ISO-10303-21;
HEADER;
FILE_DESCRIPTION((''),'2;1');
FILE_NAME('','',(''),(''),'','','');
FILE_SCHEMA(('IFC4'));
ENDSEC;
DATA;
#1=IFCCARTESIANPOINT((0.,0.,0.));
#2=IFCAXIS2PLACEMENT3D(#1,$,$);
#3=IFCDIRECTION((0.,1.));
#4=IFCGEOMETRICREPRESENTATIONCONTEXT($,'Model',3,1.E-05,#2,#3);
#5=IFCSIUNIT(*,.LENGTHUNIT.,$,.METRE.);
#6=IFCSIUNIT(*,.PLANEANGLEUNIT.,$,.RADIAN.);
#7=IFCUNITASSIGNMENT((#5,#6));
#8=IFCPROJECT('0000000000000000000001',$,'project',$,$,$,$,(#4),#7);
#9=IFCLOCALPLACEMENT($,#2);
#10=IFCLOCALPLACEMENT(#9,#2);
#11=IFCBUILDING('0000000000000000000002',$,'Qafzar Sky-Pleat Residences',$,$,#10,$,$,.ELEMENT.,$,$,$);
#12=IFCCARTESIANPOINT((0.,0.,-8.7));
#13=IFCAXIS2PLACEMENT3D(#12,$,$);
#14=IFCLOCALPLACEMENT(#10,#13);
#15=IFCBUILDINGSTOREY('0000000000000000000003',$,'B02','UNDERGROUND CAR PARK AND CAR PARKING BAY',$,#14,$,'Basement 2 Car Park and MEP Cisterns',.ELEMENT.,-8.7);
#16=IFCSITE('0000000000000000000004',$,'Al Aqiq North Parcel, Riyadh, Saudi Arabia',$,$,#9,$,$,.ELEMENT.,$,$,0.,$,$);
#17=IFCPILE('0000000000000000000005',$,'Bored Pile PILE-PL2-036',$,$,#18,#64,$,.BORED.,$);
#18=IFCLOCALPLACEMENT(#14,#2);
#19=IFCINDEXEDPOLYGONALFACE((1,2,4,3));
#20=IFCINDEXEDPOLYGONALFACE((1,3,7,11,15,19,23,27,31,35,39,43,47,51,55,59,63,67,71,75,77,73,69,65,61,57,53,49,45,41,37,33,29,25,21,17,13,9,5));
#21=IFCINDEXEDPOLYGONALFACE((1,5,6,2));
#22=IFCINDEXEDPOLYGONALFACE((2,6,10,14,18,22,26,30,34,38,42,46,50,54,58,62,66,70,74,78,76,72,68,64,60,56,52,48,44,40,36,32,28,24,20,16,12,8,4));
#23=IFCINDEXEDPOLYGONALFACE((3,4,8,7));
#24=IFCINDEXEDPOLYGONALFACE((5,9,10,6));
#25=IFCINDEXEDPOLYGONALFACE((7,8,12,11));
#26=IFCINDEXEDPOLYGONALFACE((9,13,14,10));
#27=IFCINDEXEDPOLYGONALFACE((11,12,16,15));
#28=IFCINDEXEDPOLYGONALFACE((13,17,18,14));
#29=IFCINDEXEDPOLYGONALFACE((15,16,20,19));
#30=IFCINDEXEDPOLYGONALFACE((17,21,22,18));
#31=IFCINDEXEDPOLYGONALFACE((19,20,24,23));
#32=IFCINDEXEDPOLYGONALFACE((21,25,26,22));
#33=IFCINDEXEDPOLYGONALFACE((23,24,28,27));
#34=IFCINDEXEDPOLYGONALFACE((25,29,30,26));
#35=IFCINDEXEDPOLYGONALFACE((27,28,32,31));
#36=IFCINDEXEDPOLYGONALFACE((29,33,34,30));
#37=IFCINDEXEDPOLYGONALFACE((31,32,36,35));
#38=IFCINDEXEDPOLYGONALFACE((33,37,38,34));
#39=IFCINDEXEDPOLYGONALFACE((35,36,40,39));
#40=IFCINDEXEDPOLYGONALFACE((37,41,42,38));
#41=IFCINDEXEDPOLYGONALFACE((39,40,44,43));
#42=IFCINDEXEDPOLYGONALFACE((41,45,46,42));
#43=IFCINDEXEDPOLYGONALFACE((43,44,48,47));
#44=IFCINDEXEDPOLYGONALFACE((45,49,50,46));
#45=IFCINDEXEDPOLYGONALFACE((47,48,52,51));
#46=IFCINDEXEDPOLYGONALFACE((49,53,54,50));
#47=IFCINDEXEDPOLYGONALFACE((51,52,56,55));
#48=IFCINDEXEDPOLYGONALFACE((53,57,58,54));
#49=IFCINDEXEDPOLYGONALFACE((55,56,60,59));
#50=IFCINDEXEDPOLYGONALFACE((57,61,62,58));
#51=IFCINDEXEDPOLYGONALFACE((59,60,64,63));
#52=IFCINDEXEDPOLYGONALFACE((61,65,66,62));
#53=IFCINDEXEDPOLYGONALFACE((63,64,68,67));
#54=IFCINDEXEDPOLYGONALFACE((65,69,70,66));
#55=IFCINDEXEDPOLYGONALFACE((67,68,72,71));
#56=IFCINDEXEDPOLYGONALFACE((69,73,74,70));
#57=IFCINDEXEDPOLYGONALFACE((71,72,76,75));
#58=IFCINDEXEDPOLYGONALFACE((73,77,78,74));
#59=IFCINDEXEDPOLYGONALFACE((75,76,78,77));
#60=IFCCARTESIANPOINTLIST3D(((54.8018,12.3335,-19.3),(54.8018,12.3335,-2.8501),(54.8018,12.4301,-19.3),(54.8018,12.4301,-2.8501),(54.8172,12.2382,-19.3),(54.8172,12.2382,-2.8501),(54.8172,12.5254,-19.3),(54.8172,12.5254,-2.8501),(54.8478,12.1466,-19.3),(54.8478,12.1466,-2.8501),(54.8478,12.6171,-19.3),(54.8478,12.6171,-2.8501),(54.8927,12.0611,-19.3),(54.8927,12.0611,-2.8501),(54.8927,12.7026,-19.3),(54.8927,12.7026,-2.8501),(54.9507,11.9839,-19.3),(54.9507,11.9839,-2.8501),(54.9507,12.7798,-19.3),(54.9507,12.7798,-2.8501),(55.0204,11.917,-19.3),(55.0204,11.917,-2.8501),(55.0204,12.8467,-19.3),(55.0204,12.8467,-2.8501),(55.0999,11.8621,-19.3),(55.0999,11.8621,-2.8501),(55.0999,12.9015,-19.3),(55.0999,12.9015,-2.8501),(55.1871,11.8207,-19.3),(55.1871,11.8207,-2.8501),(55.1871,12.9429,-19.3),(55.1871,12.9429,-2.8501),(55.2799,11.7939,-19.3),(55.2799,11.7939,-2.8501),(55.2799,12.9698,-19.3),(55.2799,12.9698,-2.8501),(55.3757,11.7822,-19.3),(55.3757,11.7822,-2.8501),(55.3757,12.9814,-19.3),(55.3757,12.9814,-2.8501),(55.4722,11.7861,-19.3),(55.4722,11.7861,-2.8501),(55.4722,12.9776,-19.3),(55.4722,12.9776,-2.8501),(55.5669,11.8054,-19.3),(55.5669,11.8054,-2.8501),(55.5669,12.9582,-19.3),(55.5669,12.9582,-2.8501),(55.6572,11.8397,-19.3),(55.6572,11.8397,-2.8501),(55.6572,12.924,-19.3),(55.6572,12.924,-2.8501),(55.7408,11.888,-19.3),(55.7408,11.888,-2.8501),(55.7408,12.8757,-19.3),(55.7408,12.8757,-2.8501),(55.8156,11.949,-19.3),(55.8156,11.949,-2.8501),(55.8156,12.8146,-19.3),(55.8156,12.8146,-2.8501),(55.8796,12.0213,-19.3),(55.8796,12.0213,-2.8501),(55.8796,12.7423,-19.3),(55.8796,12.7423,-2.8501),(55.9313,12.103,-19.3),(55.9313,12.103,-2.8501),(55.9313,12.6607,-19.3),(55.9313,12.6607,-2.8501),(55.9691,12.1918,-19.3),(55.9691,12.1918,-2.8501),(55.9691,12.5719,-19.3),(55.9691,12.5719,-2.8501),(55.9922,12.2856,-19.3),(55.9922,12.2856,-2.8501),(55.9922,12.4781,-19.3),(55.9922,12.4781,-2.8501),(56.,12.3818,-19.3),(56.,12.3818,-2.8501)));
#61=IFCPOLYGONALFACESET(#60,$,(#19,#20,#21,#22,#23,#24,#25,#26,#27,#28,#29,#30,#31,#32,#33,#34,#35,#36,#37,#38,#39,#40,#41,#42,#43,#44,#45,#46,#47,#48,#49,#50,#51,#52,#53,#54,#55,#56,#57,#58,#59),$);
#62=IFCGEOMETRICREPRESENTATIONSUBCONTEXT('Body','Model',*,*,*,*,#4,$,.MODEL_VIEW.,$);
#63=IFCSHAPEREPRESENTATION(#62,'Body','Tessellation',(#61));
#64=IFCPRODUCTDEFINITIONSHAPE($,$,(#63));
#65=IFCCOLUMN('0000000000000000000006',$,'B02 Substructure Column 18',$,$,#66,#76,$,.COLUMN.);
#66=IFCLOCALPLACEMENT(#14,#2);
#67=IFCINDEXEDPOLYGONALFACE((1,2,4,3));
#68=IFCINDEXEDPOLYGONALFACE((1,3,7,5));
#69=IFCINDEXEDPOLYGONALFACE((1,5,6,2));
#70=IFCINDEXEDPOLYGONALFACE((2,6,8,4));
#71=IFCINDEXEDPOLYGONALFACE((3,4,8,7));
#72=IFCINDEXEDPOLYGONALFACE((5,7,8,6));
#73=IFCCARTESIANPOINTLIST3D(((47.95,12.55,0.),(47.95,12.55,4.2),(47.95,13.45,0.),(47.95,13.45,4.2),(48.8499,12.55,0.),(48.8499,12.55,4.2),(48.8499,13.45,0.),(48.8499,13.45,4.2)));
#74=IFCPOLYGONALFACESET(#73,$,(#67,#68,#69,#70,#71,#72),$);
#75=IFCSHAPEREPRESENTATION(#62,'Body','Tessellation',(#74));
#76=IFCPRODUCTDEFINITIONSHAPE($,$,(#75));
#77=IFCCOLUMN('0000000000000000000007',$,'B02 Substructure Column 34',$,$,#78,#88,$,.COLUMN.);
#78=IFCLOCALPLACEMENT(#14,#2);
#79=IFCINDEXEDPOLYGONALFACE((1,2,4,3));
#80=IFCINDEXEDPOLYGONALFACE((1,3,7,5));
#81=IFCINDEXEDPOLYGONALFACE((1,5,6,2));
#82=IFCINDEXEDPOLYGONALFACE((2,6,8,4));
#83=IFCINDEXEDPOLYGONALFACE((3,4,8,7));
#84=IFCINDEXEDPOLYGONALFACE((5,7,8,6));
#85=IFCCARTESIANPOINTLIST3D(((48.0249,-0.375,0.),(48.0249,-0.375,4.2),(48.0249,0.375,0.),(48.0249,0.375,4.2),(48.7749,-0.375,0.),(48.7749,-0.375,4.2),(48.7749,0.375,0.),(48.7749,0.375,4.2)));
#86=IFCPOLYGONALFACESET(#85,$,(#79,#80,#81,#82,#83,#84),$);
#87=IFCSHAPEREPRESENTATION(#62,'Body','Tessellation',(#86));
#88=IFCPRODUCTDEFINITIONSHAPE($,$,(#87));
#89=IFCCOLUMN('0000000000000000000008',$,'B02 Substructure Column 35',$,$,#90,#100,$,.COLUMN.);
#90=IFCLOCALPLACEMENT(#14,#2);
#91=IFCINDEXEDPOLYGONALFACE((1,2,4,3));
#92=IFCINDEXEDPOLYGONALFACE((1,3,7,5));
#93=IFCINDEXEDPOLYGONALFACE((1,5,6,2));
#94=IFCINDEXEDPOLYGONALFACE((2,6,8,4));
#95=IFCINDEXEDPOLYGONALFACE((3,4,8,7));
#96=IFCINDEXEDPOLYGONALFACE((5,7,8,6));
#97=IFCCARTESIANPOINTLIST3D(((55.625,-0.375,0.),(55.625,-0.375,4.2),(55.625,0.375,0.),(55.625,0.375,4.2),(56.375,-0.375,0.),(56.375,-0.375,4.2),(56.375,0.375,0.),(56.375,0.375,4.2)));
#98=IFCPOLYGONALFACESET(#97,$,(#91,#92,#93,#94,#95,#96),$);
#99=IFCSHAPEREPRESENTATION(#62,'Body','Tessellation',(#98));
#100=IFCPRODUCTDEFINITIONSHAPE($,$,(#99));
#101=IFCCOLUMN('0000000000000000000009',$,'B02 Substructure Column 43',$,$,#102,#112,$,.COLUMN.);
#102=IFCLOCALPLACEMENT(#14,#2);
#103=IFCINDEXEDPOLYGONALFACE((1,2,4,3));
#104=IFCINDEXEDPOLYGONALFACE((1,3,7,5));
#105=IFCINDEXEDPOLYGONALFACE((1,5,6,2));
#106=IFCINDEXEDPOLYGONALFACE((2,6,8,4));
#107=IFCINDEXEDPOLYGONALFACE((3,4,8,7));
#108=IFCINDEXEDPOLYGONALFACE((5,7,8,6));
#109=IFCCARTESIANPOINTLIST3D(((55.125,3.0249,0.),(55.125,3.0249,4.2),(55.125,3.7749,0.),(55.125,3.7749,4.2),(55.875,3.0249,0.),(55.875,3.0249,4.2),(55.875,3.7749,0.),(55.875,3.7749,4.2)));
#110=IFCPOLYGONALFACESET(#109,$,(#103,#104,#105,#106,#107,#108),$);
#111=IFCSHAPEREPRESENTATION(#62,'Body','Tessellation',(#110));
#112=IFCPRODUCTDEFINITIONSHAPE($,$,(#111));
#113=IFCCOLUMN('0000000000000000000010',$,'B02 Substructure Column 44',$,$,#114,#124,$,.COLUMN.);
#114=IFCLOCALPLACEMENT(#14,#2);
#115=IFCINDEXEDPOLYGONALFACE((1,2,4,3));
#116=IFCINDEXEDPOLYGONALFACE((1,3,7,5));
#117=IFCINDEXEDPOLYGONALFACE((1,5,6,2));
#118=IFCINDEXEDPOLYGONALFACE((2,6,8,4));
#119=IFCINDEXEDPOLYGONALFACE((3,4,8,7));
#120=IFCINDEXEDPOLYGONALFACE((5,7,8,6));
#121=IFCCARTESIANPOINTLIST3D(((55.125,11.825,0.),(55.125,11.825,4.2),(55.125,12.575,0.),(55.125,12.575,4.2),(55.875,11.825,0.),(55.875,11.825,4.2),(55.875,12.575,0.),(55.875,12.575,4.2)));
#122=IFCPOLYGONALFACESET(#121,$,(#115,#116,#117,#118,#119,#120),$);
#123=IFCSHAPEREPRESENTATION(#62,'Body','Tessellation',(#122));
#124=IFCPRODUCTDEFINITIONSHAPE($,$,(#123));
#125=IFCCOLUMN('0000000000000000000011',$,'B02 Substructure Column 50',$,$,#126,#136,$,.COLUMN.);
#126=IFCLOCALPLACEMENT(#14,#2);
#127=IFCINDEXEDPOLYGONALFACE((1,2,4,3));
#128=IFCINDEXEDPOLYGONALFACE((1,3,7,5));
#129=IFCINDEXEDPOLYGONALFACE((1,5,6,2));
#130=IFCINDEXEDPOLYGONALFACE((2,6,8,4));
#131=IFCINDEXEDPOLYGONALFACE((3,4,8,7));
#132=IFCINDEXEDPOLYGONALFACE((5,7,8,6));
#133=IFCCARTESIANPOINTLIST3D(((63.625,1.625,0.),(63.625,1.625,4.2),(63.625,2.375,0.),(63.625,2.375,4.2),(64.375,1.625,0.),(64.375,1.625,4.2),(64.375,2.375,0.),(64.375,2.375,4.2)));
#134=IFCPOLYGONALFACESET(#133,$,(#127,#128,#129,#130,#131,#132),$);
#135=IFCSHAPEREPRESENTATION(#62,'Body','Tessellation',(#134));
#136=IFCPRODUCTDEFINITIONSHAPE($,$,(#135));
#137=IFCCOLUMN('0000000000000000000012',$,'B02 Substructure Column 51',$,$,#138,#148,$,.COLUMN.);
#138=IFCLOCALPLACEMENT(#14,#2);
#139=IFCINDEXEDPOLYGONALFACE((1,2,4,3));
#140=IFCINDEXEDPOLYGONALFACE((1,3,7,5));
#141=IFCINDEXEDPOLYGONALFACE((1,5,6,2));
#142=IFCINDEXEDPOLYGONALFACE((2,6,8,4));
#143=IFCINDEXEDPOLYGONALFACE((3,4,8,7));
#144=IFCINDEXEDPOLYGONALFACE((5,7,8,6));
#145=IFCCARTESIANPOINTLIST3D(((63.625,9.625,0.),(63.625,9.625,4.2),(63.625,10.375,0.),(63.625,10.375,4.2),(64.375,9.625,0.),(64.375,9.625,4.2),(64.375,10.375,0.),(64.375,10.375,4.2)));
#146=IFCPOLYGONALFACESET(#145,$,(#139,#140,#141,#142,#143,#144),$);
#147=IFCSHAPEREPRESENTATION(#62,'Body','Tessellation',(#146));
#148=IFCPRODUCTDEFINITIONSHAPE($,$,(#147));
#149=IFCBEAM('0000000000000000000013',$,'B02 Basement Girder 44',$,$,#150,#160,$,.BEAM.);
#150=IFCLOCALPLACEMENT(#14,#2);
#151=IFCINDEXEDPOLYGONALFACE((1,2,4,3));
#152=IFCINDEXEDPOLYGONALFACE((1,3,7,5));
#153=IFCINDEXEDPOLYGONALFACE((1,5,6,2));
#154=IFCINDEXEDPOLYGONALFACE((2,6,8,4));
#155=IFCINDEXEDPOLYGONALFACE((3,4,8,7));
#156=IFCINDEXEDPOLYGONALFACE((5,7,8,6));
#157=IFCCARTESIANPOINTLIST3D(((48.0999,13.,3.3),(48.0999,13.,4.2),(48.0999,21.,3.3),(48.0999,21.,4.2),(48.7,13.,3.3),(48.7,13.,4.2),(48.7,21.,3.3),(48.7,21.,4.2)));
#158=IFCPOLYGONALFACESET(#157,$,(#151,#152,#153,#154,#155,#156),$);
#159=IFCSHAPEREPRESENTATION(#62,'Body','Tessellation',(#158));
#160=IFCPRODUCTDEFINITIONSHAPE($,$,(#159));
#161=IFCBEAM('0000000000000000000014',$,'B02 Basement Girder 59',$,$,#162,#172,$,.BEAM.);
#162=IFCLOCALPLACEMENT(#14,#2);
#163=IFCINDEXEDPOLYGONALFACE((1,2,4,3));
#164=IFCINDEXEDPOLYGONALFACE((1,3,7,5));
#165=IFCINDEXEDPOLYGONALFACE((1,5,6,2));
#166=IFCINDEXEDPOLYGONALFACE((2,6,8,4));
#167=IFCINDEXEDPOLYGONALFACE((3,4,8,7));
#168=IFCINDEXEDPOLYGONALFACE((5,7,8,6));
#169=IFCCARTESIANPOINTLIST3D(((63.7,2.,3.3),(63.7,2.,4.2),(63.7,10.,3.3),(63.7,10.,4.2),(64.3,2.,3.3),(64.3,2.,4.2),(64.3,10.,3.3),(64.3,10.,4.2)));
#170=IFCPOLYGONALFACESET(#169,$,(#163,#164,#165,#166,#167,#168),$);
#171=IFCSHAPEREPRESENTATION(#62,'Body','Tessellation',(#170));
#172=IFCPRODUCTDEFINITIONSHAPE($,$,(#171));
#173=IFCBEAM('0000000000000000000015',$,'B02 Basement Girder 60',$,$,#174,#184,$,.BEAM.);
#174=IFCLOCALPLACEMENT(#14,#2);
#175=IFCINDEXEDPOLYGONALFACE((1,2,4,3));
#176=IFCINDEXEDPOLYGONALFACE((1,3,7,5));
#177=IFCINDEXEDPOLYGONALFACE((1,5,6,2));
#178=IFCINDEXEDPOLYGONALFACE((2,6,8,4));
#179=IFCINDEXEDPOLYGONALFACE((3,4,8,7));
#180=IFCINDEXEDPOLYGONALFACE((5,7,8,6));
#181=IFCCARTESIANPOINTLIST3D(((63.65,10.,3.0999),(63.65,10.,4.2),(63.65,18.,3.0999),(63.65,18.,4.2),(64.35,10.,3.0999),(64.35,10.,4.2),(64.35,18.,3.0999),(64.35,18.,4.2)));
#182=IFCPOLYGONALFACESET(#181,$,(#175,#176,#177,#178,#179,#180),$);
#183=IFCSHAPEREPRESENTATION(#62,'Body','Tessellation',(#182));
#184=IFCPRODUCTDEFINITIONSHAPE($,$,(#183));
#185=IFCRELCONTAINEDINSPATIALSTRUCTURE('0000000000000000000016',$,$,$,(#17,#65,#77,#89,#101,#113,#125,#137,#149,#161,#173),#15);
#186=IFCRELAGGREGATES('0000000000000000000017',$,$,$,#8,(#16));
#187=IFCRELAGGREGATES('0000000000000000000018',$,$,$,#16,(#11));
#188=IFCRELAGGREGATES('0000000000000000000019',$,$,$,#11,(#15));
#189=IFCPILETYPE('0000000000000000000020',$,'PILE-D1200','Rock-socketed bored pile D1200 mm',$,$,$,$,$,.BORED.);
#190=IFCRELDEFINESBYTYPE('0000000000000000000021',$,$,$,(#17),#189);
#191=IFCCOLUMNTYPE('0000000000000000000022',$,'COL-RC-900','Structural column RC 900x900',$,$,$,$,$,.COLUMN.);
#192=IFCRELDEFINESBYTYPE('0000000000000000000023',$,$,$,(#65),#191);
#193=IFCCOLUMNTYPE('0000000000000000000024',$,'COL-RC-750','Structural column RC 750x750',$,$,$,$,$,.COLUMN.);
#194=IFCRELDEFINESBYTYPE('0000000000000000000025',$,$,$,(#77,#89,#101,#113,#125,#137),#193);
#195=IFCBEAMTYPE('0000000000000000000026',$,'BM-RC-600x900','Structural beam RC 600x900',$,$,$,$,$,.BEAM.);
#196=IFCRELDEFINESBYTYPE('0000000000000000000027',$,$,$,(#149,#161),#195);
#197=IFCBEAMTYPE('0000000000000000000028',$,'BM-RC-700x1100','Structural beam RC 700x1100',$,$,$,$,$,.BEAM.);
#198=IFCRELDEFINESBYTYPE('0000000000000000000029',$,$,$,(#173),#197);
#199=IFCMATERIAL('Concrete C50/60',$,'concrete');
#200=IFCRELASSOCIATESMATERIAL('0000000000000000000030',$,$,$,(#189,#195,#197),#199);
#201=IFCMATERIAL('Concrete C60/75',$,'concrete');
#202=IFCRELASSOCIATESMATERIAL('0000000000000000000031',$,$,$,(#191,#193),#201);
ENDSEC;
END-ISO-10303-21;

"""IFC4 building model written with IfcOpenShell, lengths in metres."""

from ifc_helpers import new_model, si_unit, direction, frame, origin, origin_2d, place, context, subcontext, project, spatial, rectangle, circle, extrude, source, transform, mapped, material, material_profile, profile_set, type_object, element, save


model = new_model("IFC4")

# Units and contexts
model_context = context("Model", 3, precision=1e-05, world=origin(), true_north=direction((0.0, 1.0)))
body_context = subcontext(model_context, "Body", "Model", "MODEL_VIEW")
ifc_project = project(units=[si_unit("LENGTHUNIT", "METRE"), si_unit("PLANEANGLEUNIT", "RADIAN")], contexts=[model_context])

# Site, building, storey
site_placement = place(None, origin())
site = spatial("IfcSite", under=ifc_project, at=site_placement, Name="Al Aqiq North Parcel, Riyadh, Saudi Arabia", CompositionType="ELEMENT", RefElevation=0.0)
building_placement = place(site_placement, origin())
building = spatial("IfcBuilding", under=site, at=building_placement, Name="Qafzar Sky-Pleat Residences", CompositionType="ELEMENT")
storey_placement = place(building_placement, frame((0.0, 0.0, -8.7)))
storey = spatial("IfcBuildingStorey", under=building, at=storey_placement, Name="B02", Description="UNDERGROUND CAR PARK AND CAR PARKING BAY", LongName="Basement 2 Car Park and MEP Cisterns", CompositionType="ELEMENT", Elevation=-8.7)

# Pile
ifc_material_1 = material(Name="Concrete C50/60", Category="concrete")
ifc_material_profile_1 = material_profile(ifc_material_1, circle(Radius=0.6001, at=origin_2d()), Name="PILE D1200")
ifc_profile_set_1 = profile_set([ifc_material_profile_1], Name="Concrete C50/60")
pile_type = type_object("IfcPileType", Name="PILE-D1200", Description="Rock-socketed bored pile D1200 mm", PredefinedType="BORED", material=ifc_profile_set_1)
shared_shape_1 = source(origin(), body_context, "Body", "SweptSolid", [
    extrude(circle(Radius=0.6001, at=origin_2d()), origin(), (0.0, 0.0, 1.0), 16.45),
])
for number, where, z_axis, x_axis, name in (
    (1, (55.3999, 12.3818, -2.8501), (0.0, 0.0, -1.0), (1.0, 0.0, 0.0), "Bored Pile PILE-PL2-036"),
):
    element("IfcPile", number, at=place(storey_placement, frame(where, z_axis=z_axis, x_axis=x_axis)), inside=storey, type_object=pile_type, Name=name, PredefinedType="BORED", context=body_context, shape_type="MappedRepresentation", body=[
        mapped(shared_shape_1, transform((0.0, 0.0, 0.0), x_axis=(1.0, 0.0, 0.0), y_axis=(0.0, 1.0, 0.0), z_axis=(0.0, 0.0, 1.0), scale=1.0)),
    ])

# Columns
ifc_material_2 = material(Name="Concrete C60/75", Category="concrete")
ifc_material_profile_2 = material_profile(ifc_material_2, rectangle(XDim=0.8999, YDim=0.8999, at=origin_2d()), Name="RC 900x900")
ifc_profile_set_2 = profile_set([ifc_material_profile_2], Name="Concrete C60/75")
column_type_1 = type_object("IfcColumnType", Name="COL-RC-900", Description="Structural column RC 900x900", PredefinedType="COLUMN", material=ifc_profile_set_2)
shared_shape_2 = source(origin(), body_context, "Body", "SweptSolid", [
    extrude(rectangle(XDim=0.8999, YDim=0.8999, at=origin_2d()), origin(), (0.0, 0.0, 1.0), 4.2),
])
column_placement = place(storey_placement, frame((48.3999, 13.0, 0.0), z_axis=(0.0, 0.0, 1.0), x_axis=(1.0, 0.0, 0.0)))
element("IfcColumn", 2, at=column_placement, inside=storey, type_object=column_type_1, Name="B02 Substructure Column 18", PredefinedType="COLUMN", context=body_context, shape_type="MappedRepresentation", body=[
    mapped(shared_shape_2, transform((0.0, 0.0, 0.0), x_axis=(1.0, 0.0, 0.0), y_axis=(0.0, 1.0, 0.0), z_axis=(0.0, 0.0, 1.0), scale=1.0)),
])
ifc_material_profile_3 = material_profile(ifc_material_2, rectangle(XDim=0.75, YDim=0.75, at=origin_2d()), Name="RC 750x750")
ifc_profile_set_3 = profile_set([ifc_material_profile_3], Name="Concrete C60/75")
column_type_2 = type_object("IfcColumnType", Name="COL-RC-750", Description="Structural column RC 750x750", PredefinedType="COLUMN", material=ifc_profile_set_3)
shared_shape_3 = source(origin(), body_context, "Body", "SweptSolid", [
    extrude(rectangle(XDim=0.75, YDim=0.75, at=origin_2d()), origin(), (0.0, 0.0, 1.0), 4.2),
])
for number, where, z_axis, x_axis, name in (
    (3, (48.3999, 0.0, 0.0), (0.0, 0.0, 1.0), (1.0, 0.0, 0.0), "B02 Substructure Column 34"),
    (4, (56.0, 0.0, 0.0), (0.0, 0.0, 1.0), (1.0, 0.0, 0.0), "B02 Substructure Column 35"),
    (5, (55.5, 3.3999, 0.0), (0.0, 0.0, 1.0), (1.0, 0.0, 0.0), "B02 Substructure Column 43"),
    (6, (55.5, 12.2, 0.0), (0.0, 0.0, 1.0), (1.0, 0.0, 0.0), "B02 Substructure Column 44"),
    (7, (64.0, 2.0, 0.0), (0.0, 0.0, 1.0), (1.0, 0.0, 0.0), "B02 Substructure Column 50"),
    (8, (64.0, 10.0, 0.0), (0.0, 0.0, 1.0), (1.0, 0.0, 0.0), "B02 Substructure Column 51"),
):
    element("IfcColumn", number, at=place(storey_placement, frame(where, z_axis=z_axis, x_axis=x_axis)), inside=storey, type_object=column_type_2, Name=name, PredefinedType="COLUMN", context=body_context, shape_type="MappedRepresentation", body=[
        mapped(shared_shape_3, transform((0.0, 0.0, 0.0), x_axis=(1.0, 0.0, 0.0), y_axis=(0.0, 1.0, 0.0), z_axis=(0.0, 0.0, 1.0), scale=1.0)),
    ])

# Beams
ifc_material_profile_4 = material_profile(ifc_material_1, rectangle(XDim=0.6001, YDim=0.8999, at=origin_2d()), Name="RC 600x900")
ifc_profile_set_4 = profile_set([ifc_material_profile_4], Name="Concrete C50/60")
beam_type_1 = type_object("IfcBeamType", Name="BM-RC-600x900", Description="Structural beam RC 600x900", PredefinedType="BEAM", material=ifc_profile_set_4)
shared_shape_4 = source(origin(), body_context, "Body", "SweptSolid", [
    extrude(rectangle(XDim=0.6001, YDim=0.8999, at=origin_2d()), origin(), (0.0, 0.0, 1.0), 8.0),
])
for number, where, z_axis, x_axis, name in (
    (9, (48.3999, 13.0, 3.75), (0.0, 1.0, 0.0), (-1.0, 0.0, 0.0), "B02 Basement Girder 44"),
    (10, (64.0, 2.0, 3.75), (0.0, 1.0, 0.0), (-1.0, 0.0, 0.0), "B02 Basement Girder 59"),
):
    element("IfcBeam", number, at=place(storey_placement, frame(where, z_axis=z_axis, x_axis=x_axis)), inside=storey, type_object=beam_type_1, Name=name, PredefinedType="BEAM", context=body_context, shape_type="MappedRepresentation", body=[
        mapped(shared_shape_4, transform((0.0, 0.0, 0.0), x_axis=(1.0, 0.0, 0.0), y_axis=(0.0, 1.0, 0.0), z_axis=(0.0, 0.0, 1.0), scale=1.0)),
    ])
ifc_material_profile_5 = material_profile(ifc_material_1, rectangle(XDim=0.7, YDim=1.1001, at=origin_2d()), Name="RC 700x1100")
ifc_profile_set_5 = profile_set([ifc_material_profile_5], Name="Concrete C50/60")
beam_type_2 = type_object("IfcBeamType", Name="BM-RC-700x1100", Description="Structural beam RC 700x1100", PredefinedType="BEAM", material=ifc_profile_set_5)
shared_shape_5 = source(origin(), body_context, "Body", "SweptSolid", [
    extrude(rectangle(XDim=0.7, YDim=1.1001, at=origin_2d()), origin(), (0.0, 0.0, 1.0), 8.0),
])
beam_1_placement = place(storey_placement, frame((64.0, 10.0, 3.6499), z_axis=(0.0, 1.0, 0.0), x_axis=(-1.0, 0.0, 0.0)))
element("IfcBeam", 11, at=beam_1_placement, inside=storey, type_object=beam_type_2, Name="B02 Basement Girder 60", PredefinedType="BEAM", context=body_context, shape_type="MappedRepresentation", body=[
    mapped(shared_shape_5, transform((0.0, 0.0, 0.0), x_axis=(1.0, 0.0, 0.0), y_axis=(0.0, 1.0, 0.0), z_axis=(0.0, 0.0, 1.0), scale=1.0)),
])

save(model, "model.ifc")
